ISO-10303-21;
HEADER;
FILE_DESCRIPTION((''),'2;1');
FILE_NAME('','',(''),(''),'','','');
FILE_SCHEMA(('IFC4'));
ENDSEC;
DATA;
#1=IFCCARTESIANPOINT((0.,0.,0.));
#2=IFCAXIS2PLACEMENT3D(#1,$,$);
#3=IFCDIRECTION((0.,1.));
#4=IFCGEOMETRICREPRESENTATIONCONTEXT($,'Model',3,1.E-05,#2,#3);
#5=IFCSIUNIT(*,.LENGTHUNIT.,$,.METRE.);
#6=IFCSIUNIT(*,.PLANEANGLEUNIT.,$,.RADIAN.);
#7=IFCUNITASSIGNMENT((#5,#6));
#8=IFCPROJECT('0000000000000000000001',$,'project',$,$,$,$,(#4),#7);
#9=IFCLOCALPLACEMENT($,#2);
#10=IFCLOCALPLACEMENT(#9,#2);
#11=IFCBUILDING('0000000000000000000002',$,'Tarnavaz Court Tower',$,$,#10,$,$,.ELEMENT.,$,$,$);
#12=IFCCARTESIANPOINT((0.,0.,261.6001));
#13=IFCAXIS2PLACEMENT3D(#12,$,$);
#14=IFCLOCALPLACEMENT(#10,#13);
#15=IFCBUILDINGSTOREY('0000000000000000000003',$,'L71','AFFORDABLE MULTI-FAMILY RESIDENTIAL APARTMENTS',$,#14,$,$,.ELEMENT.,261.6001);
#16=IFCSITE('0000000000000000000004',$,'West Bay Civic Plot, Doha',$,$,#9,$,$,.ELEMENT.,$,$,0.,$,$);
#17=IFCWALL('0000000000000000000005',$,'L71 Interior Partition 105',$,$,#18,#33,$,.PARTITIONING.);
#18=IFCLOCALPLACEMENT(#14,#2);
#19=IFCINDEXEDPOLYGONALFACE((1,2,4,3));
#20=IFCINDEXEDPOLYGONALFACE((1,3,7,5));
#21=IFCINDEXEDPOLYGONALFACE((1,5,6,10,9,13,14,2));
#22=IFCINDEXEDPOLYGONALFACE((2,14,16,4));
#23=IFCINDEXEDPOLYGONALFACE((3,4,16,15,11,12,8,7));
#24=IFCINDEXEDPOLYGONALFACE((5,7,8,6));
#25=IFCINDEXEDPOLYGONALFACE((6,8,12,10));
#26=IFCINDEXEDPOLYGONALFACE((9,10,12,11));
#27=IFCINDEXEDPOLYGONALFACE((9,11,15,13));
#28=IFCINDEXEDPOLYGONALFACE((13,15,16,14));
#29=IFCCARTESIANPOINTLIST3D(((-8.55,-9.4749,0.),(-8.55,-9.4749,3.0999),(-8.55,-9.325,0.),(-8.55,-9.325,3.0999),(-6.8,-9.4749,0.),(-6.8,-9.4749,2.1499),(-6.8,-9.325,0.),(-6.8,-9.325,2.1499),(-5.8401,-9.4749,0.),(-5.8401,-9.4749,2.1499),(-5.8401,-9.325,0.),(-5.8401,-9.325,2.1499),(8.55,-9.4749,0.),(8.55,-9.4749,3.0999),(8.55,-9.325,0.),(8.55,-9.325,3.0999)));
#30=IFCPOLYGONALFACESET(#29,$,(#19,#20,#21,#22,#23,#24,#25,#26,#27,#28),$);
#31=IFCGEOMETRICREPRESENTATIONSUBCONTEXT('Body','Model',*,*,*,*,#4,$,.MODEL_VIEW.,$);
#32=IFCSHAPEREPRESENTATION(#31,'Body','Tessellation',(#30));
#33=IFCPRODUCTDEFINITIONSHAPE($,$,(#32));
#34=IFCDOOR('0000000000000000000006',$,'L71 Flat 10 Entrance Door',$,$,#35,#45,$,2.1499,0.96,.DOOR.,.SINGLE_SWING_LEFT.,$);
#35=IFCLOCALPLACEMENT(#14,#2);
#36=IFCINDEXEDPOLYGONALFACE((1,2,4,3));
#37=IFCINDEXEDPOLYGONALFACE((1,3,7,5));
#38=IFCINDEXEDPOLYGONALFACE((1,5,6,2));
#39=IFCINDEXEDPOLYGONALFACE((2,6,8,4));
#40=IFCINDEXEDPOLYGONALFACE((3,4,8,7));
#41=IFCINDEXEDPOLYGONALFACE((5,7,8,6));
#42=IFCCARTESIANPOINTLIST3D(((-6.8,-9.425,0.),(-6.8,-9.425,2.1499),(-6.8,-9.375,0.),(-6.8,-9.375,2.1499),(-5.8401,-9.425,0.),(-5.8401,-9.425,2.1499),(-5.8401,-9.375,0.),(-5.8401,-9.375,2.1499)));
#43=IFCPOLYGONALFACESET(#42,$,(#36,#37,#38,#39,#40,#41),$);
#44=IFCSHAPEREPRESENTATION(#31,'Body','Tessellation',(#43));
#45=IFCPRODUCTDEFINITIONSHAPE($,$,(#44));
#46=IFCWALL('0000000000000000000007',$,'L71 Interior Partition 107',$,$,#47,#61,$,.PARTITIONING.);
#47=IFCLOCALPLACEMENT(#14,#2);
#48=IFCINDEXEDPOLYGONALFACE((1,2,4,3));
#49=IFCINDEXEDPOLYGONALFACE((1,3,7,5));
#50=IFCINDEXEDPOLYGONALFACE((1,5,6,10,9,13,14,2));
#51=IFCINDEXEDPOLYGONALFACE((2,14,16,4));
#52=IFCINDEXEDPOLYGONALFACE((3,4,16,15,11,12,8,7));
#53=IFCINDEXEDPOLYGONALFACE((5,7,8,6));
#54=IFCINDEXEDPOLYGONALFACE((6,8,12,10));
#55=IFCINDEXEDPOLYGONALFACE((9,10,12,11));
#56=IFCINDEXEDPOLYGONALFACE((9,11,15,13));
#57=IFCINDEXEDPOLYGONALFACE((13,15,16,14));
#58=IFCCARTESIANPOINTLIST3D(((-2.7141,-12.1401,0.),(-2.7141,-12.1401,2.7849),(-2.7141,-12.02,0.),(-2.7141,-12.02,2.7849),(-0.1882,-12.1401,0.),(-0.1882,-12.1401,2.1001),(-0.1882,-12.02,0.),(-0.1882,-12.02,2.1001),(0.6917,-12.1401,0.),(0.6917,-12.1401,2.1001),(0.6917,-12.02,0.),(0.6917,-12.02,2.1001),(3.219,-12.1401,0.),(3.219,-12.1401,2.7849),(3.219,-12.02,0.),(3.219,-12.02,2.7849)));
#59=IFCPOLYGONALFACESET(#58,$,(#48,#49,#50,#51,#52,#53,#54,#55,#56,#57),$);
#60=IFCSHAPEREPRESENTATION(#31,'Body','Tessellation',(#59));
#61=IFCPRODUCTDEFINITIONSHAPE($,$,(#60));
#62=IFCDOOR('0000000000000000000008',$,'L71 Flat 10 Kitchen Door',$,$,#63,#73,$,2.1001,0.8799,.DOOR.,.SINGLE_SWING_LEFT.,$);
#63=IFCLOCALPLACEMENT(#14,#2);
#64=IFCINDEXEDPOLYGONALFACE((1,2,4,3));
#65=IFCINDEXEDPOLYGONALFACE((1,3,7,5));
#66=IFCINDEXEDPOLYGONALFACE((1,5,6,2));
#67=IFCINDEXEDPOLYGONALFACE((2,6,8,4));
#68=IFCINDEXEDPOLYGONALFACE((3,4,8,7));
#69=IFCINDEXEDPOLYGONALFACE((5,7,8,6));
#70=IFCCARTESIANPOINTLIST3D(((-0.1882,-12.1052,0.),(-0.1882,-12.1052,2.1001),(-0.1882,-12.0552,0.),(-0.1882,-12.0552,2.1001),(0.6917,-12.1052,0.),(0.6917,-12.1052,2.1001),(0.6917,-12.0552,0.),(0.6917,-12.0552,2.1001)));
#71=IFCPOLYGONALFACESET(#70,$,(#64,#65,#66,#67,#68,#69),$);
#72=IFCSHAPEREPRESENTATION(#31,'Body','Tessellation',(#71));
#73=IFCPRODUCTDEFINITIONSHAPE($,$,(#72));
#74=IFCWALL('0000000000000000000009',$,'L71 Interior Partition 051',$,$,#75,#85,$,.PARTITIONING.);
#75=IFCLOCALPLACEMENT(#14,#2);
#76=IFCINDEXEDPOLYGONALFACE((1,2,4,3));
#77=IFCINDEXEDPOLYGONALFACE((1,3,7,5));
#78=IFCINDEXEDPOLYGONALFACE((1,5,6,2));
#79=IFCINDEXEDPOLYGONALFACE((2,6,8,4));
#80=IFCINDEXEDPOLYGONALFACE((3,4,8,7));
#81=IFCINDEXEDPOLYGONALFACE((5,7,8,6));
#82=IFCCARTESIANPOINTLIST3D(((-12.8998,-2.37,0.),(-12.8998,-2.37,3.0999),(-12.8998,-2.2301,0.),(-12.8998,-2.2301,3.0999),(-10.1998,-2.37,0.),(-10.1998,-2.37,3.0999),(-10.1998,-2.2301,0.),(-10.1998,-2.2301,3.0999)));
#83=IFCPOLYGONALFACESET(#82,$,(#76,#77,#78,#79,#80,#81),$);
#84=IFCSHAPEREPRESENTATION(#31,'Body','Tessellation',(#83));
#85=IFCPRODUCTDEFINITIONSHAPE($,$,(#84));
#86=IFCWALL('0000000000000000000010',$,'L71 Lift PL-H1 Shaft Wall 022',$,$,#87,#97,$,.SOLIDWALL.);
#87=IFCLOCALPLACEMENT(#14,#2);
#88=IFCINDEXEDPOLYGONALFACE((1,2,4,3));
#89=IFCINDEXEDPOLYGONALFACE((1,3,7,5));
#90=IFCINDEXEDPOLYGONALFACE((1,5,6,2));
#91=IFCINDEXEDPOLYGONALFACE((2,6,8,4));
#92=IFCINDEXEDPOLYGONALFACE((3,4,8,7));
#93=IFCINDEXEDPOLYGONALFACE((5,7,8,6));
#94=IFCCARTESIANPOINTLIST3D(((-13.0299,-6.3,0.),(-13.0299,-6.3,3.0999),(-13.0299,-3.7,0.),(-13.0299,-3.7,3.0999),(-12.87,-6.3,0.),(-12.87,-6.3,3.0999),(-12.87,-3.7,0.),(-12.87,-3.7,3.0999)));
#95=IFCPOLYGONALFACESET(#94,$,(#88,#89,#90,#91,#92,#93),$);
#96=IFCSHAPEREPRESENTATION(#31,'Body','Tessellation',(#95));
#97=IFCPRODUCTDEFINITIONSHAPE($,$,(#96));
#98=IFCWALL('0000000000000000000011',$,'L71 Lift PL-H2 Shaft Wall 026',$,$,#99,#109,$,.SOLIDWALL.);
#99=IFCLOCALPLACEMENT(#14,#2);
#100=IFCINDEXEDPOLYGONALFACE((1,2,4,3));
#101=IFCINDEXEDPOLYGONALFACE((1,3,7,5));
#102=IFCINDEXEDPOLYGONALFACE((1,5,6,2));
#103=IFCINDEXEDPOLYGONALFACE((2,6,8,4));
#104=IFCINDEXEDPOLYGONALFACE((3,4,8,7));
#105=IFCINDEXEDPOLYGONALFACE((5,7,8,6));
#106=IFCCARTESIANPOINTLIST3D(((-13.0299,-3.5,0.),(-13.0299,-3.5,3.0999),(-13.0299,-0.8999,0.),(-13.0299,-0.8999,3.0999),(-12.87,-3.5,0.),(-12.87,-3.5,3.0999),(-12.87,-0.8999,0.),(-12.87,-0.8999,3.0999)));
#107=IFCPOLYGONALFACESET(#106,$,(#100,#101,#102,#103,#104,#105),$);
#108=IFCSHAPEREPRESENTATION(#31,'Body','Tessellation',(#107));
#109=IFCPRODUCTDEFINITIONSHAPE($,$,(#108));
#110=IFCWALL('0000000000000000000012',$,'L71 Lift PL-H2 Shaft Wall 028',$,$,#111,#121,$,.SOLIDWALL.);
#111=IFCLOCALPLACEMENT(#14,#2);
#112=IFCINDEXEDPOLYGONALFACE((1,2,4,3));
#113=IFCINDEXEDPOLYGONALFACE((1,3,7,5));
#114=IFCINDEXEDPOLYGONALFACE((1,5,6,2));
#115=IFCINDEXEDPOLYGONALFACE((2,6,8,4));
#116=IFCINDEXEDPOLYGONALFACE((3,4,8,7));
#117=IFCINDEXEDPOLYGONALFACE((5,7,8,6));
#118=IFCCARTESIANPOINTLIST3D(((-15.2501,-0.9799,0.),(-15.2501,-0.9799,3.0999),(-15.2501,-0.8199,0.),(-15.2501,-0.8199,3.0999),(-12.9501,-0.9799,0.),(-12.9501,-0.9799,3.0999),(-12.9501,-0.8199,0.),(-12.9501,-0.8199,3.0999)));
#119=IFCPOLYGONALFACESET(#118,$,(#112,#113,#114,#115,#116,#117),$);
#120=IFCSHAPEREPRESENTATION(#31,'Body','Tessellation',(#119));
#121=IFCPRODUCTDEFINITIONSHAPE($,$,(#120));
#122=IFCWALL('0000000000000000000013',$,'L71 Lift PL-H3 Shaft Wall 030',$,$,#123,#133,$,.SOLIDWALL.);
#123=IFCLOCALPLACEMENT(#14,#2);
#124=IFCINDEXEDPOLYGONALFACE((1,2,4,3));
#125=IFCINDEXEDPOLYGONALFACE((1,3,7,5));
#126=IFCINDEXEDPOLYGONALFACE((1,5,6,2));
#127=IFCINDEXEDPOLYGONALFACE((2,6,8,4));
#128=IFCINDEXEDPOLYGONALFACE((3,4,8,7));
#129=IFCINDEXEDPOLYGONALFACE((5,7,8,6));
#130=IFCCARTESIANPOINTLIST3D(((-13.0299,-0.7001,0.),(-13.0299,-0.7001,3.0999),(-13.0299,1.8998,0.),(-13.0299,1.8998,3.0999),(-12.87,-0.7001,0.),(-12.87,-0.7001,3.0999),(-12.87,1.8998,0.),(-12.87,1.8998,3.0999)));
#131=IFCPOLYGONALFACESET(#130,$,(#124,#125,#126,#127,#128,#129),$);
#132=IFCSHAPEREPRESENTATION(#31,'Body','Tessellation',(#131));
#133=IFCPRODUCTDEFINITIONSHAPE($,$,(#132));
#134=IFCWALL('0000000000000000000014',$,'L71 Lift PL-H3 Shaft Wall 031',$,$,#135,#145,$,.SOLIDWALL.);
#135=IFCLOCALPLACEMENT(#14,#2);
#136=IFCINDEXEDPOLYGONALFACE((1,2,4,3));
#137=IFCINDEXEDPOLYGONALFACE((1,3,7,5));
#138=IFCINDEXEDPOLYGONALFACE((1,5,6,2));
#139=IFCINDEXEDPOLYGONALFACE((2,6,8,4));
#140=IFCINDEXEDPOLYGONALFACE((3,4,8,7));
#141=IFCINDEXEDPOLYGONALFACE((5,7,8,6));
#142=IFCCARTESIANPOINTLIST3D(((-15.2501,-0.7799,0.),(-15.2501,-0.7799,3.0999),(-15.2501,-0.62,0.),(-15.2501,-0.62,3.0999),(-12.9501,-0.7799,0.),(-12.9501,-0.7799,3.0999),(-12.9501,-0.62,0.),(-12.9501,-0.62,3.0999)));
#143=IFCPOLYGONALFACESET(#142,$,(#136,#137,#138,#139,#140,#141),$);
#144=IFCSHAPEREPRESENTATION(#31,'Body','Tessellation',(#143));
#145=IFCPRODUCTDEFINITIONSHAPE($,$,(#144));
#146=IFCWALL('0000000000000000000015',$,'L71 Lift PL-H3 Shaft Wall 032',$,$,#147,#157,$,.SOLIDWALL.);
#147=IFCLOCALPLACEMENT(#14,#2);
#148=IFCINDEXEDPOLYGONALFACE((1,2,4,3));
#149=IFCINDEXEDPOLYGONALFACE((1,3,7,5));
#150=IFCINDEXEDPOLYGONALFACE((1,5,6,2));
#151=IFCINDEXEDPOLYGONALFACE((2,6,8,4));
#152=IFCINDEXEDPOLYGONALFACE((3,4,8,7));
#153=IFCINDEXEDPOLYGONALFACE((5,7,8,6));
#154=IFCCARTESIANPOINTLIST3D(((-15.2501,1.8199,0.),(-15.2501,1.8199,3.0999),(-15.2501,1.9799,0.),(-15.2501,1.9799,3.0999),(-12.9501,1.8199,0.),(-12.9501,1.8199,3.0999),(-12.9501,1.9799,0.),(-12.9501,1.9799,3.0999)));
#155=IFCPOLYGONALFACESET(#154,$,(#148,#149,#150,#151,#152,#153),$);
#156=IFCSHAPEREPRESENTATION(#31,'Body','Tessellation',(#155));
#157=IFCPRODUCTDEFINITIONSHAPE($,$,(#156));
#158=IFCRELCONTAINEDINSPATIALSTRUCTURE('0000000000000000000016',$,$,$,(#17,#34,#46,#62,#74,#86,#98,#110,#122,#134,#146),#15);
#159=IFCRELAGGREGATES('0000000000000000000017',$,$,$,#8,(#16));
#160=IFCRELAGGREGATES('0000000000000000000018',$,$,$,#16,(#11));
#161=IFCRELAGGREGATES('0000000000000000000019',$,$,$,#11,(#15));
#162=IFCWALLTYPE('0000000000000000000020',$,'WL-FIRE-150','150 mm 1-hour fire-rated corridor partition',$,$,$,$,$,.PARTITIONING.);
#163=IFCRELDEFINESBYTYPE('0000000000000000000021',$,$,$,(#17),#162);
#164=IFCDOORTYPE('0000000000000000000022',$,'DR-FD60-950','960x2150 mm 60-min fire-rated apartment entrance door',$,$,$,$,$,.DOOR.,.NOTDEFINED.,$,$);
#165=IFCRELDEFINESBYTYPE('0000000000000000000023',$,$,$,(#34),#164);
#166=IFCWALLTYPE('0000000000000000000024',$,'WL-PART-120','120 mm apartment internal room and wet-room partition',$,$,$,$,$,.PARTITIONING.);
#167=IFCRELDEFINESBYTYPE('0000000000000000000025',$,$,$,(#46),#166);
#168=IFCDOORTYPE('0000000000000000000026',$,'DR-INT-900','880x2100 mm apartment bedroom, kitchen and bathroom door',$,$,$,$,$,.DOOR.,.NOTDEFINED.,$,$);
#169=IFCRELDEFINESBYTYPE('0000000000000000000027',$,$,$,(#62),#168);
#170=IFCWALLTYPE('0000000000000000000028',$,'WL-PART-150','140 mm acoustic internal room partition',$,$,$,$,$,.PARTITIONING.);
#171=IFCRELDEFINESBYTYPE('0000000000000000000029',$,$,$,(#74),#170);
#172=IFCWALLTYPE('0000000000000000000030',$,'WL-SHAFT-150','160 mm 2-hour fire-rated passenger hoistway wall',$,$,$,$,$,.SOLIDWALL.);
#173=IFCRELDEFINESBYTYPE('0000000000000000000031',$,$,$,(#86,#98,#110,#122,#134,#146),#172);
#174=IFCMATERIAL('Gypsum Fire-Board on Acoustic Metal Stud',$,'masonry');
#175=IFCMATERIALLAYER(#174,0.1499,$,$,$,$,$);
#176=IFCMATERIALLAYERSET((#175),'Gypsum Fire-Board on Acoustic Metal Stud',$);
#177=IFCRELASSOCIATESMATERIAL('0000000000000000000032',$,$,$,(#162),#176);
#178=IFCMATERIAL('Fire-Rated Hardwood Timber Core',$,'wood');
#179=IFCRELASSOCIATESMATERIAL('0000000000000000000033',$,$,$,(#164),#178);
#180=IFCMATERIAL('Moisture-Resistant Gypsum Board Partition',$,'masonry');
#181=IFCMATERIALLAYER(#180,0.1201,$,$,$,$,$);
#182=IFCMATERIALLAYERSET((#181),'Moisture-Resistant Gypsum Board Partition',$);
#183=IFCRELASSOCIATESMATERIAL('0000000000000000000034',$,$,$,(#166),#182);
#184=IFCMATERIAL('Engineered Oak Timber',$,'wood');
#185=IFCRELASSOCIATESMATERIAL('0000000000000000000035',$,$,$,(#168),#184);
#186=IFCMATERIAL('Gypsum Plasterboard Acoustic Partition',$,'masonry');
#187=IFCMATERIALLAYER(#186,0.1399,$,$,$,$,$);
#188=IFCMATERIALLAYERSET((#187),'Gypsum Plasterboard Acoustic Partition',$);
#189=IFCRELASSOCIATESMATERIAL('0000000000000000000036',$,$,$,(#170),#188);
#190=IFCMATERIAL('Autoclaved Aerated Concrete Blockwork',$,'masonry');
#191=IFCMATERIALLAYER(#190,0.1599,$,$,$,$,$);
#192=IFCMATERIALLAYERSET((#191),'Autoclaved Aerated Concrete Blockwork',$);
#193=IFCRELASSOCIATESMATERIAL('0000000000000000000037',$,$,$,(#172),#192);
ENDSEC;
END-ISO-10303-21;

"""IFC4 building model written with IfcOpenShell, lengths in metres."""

from ifc_helpers import new_model, si_unit, direction, frame, frame_2d, origin, place, context, subcontext, project, spatial, rectangle, extrude, material, layer, layer_set, type_object, element, fill, save


model = new_model("IFC4")

# Units and contexts
model_context = context("Model", 3, precision=1e-05, world=origin(), true_north=direction((0.0, 1.0)))
body_context = subcontext(model_context, "Body", "Model", "MODEL_VIEW")
ifc_project = project(units=[si_unit("LENGTHUNIT", "METRE"), si_unit("PLANEANGLEUNIT", "RADIAN")], contexts=[model_context])

# Site, building, storey
site_placement = place(None, origin())
site = spatial("IfcSite", under=ifc_project, at=site_placement, Name="West Bay Civic Plot, Doha", CompositionType="ELEMENT", RefElevation=0.0)
building_placement = place(site_placement, origin())
building = spatial("IfcBuilding", under=site, at=building_placement, Name="Tarnavaz Court Tower", CompositionType="ELEMENT")
storey_placement = place(building_placement, frame((0.0, 0.0, 261.6001)))
storey = spatial("IfcBuildingStorey", under=building, at=storey_placement, Name="L71", Description="AFFORDABLE MULTI-FAMILY RESIDENTIAL APARTMENTS", CompositionType="ELEMENT", Elevation=261.6001)

# Walls, openings, doors
ifc_material_1 = material(Name="Gypsum Fire-Board on Acoustic Metal Stud", Category="masonry")
ifc_layer_1 = layer(ifc_material_1, 0.1499)
ifc_layer_set_1 = layer_set([ifc_layer_1], Name="Gypsum Fire-Board on Acoustic Metal Stud")
wall_type_1 = type_object("IfcWallType", Name="WL-FIRE-150", Description="150 mm 1-hour fire-rated corridor partition", PredefinedType="PARTITIONING", material=ifc_layer_set_1)
wall_1_placement = place(storey_placement, frame((-8.55, -9.3999, 0.0), z_axis=(0.0, 0.0, 1.0), x_axis=(1.0, 0.0, 0.0)))
wall_1 = element("IfcWall", 1, at=wall_1_placement, inside=storey, type_object=wall_type_1, Name="L71 Interior Partition 105", PredefinedType="PARTITIONING", context=body_context, shape_type="SweptSolid", body=[
    extrude(rectangle(XDim=17.1001, YDim=0.1499, at=frame_2d((8.55, 0.0))), origin(), (0.0, 0.0, 1.0), 3.0999),
])
opening_1_placement = place(wall_1_placement, frame((1.75, 0.0, 0.0)))
opening_1 = element("IfcOpeningElement", 2, at=opening_1_placement, cuts=wall_1, PredefinedType="OPENING", context=body_context, shape_type="SweptSolid", body=[
    extrude(rectangle(XDim=0.96, YDim=2.1499, at=frame_2d((0.48, 1.075))), frame((0.0, 0.085, 0.0), z_axis=(0.0, -1.0, 0.0), x_axis=(1.0, 0.0, 0.0)), (0.0, 0.0, 1.0), 0.1699),
])
ifc_material_2 = material(Name="Fire-Rated Hardwood Timber Core", Category="wood")
door_type_1 = type_object("IfcDoorType", Name="DR-FD60-950", Description="960x2150 mm 60-min fire-rated apartment entrance door", OperationType="NOTDEFINED", PredefinedType="DOOR", material=ifc_material_2)
door_1_placement = place(opening_1_placement, origin())
door_1 = element("IfcDoor", 3, at=door_1_placement, inside=storey, type_object=door_type_1, Name="L71 Flat 10 Entrance Door", OperationType="SINGLE_SWING_LEFT", OverallHeight=2.1499, OverallWidth=0.96, PredefinedType="DOOR", context=body_context, shape_type="SweptSolid", body=[
    extrude(rectangle(XDim=0.96, YDim=2.1499, at=frame_2d((0.48, 1.075))), frame((0.0, 0.0249, 0.0), z_axis=(0.0, -1.0, 0.0), x_axis=(1.0, 0.0, 0.0)), (0.0, 0.0, 1.0), 0.05),
])
fill(opening_1, door_1)
ifc_material_3 = material(Name="Moisture-Resistant Gypsum Board Partition", Category="masonry")
ifc_layer_2 = layer(ifc_material_3, 0.1201)
ifc_layer_set_2 = layer_set([ifc_layer_2], Name="Moisture-Resistant Gypsum Board Partition")
wall_type_2 = type_object("IfcWallType", Name="WL-PART-120", Description="120 mm apartment internal room and wet-room partition", PredefinedType="PARTITIONING", material=ifc_layer_set_2)
wall_2_placement = place(storey_placement, frame((-2.7141, -12.0801, 0.0), z_axis=(0.0, 0.0, 1.0), x_axis=(1.0, 0.0, 0.0)))
wall_2 = element("IfcWall", 4, at=wall_2_placement, inside=storey, type_object=wall_type_2, Name="L71 Interior Partition 107", PredefinedType="PARTITIONING", context=body_context, shape_type="SweptSolid", body=[
    extrude(rectangle(XDim=5.9331, YDim=0.1201, at=frame_2d((2.9666, 0.0))), origin(), (0.0, 0.0, 1.0), 2.7849),
])
opening_2_placement = place(wall_2_placement, frame((2.5259, 0.0, 0.0)))
opening_2 = element("IfcOpeningElement", 5, at=opening_2_placement, cuts=wall_2, PredefinedType="OPENING", context=body_context, shape_type="SweptSolid", body=[
    extrude(rectangle(XDim=0.8799, YDim=2.1001, at=frame_2d((0.4399, 1.05))), frame((0.0, 0.0701, 0.0), z_axis=(0.0, -1.0, 0.0), x_axis=(1.0, 0.0, 0.0)), (0.0, 0.0, 1.0), 0.1401),
])
ifc_material_4 = material(Name="Engineered Oak Timber", Category="wood")
door_type_2 = type_object("IfcDoorType", Name="DR-INT-900", Description="880x2100 mm apartment bedroom, kitchen and bathroom door", OperationType="NOTDEFINED", PredefinedType="DOOR", material=ifc_material_4)
door_2_placement = place(opening_2_placement, origin())
door_2 = element("IfcDoor", 6, at=door_2_placement, inside=storey, type_object=door_type_2, Name="L71 Flat 10 Kitchen Door", OperationType="SINGLE_SWING_LEFT", OverallHeight=2.1001, OverallWidth=0.8799, PredefinedType="DOOR", context=body_context, shape_type="SweptSolid", body=[
    extrude(rectangle(XDim=0.8799, YDim=2.1001, at=frame_2d((0.4399, 1.05))), frame((0.0, 0.0249, 0.0), z_axis=(0.0, -1.0, 0.0), x_axis=(1.0, 0.0, 0.0)), (0.0, 0.0, 1.0), 0.05),
])
fill(opening_2, door_2)

# Shared definitions
ifc_material_5 = material(Name="Gypsum Plasterboard Acoustic Partition", Category="masonry")
ifc_layer_3 = layer(ifc_material_5, 0.1399)
ifc_layer_set_3 = layer_set([ifc_layer_3], Name="Gypsum Plasterboard Acoustic Partition")
wall_type_3 = type_object("IfcWallType", Name="WL-PART-150", Description="140 mm acoustic internal room partition", PredefinedType="PARTITIONING", material=ifc_layer_set_3)

# Walls
wall_3_placement = place(storey_placement, frame((-12.8999, -2.3, 0.0), z_axis=(0.0, 0.0, 1.0), x_axis=(1.0, 0.0, 0.0)))
element("IfcWall", 7, at=wall_3_placement, inside=storey, type_object=wall_type_3, Name="L71 Interior Partition 051", PredefinedType="PARTITIONING", context=body_context, shape_type="SweptSolid", body=[
    extrude(rectangle(XDim=2.7, YDim=0.1399, at=frame_2d((1.3501, 0.0))), origin(), (0.0, 0.0, 1.0), 3.0999),
])
ifc_material_6 = material(Name="Autoclaved Aerated Concrete Blockwork", Category="masonry")
ifc_layer_4 = layer(ifc_material_6, 0.1599)
ifc_layer_set_4 = layer_set([ifc_layer_4], Name="Autoclaved Aerated Concrete Blockwork")
wall_type_4 = type_object("IfcWallType", Name="WL-SHAFT-150", Description="160 mm 2-hour fire-rated passenger hoistway wall", PredefinedType="SOLIDWALL", material=ifc_layer_set_4)
for number, where, z_axis, x_axis, name in (
    (8, (-12.95, -6.3, 0.0), (0.0, 0.0, 1.0), (0.0, 1.0, 0.0), "L71 Lift PL-H1 Shaft Wall 022"),
    (9, (-12.95, -3.5, 0.0), (0.0, 0.0, 1.0), (0.0, 1.0, 0.0), "L71 Lift PL-H2 Shaft Wall 026"),
):
    element("IfcWall", number, at=place(storey_placement, frame(where, z_axis=z_axis, x_axis=x_axis)), inside=storey, type_object=wall_type_4, Name=name, PredefinedType="SOLIDWALL", context=body_context, shape_type="SweptSolid", body=[
        extrude(rectangle(XDim=2.6001, YDim=0.1599, at=frame_2d((1.3, 0.0))), origin(), (0.0, 0.0, 1.0), 3.0999),
    ])
wall_4_placement = place(storey_placement, frame((-15.25, -0.8999, 0.0), z_axis=(0.0, 0.0, 1.0), x_axis=(1.0, 0.0, 0.0)))
element("IfcWall", 10, at=wall_4_placement, inside=storey, type_object=wall_type_4, Name="L71 Lift PL-H2 Shaft Wall 028", PredefinedType="SOLIDWALL", context=body_context, shape_type="SweptSolid", body=[
    extrude(rectangle(XDim=2.3, YDim=0.1599, at=frame_2d((1.1499, 0.0))), origin(), (0.0, 0.0, 1.0), 3.0999),
])

# Walls
wall_5_placement = place(storey_placement, frame((-12.95, -0.7, 0.0), z_axis=(0.0, 0.0, 1.0), x_axis=(0.0, 1.0, 0.0)))
element("IfcWall", 11, at=wall_5_placement, inside=storey, type_object=wall_type_4, Name="L71 Lift PL-H3 Shaft Wall 030", PredefinedType="SOLIDWALL", context=body_context, shape_type="SweptSolid", body=[
    extrude(rectangle(XDim=2.5999, YDim=0.1599, at=frame_2d((1.2998, 0.0))), origin(), (0.0, 0.0, 1.0), 3.0999),
])
for number, where, z_axis, x_axis, name in (
    (12, (-15.25, -0.7, 0.0), (0.0, 0.0, 1.0), (1.0, 0.0, 0.0), "L71 Lift PL-H3 Shaft Wall 031"),
    (13, (-15.25, 1.8999, 0.0), (0.0, 0.0, 1.0), (1.0, 0.0, 0.0), "L71 Lift PL-H3 Shaft Wall 032"),
):
    element("IfcWall", number, at=place(storey_placement, frame(where, z_axis=z_axis, x_axis=x_axis)), inside=storey, type_object=wall_type_4, Name=name, PredefinedType="SOLIDWALL", context=body_context, shape_type="SweptSolid", body=[
        extrude(rectangle(XDim=2.3, YDim=0.1599, at=frame_2d((1.1499, 0.0))), origin(), (0.0, 0.0, 1.0), 3.0999),
    ])

save(model, "model.ifc")
